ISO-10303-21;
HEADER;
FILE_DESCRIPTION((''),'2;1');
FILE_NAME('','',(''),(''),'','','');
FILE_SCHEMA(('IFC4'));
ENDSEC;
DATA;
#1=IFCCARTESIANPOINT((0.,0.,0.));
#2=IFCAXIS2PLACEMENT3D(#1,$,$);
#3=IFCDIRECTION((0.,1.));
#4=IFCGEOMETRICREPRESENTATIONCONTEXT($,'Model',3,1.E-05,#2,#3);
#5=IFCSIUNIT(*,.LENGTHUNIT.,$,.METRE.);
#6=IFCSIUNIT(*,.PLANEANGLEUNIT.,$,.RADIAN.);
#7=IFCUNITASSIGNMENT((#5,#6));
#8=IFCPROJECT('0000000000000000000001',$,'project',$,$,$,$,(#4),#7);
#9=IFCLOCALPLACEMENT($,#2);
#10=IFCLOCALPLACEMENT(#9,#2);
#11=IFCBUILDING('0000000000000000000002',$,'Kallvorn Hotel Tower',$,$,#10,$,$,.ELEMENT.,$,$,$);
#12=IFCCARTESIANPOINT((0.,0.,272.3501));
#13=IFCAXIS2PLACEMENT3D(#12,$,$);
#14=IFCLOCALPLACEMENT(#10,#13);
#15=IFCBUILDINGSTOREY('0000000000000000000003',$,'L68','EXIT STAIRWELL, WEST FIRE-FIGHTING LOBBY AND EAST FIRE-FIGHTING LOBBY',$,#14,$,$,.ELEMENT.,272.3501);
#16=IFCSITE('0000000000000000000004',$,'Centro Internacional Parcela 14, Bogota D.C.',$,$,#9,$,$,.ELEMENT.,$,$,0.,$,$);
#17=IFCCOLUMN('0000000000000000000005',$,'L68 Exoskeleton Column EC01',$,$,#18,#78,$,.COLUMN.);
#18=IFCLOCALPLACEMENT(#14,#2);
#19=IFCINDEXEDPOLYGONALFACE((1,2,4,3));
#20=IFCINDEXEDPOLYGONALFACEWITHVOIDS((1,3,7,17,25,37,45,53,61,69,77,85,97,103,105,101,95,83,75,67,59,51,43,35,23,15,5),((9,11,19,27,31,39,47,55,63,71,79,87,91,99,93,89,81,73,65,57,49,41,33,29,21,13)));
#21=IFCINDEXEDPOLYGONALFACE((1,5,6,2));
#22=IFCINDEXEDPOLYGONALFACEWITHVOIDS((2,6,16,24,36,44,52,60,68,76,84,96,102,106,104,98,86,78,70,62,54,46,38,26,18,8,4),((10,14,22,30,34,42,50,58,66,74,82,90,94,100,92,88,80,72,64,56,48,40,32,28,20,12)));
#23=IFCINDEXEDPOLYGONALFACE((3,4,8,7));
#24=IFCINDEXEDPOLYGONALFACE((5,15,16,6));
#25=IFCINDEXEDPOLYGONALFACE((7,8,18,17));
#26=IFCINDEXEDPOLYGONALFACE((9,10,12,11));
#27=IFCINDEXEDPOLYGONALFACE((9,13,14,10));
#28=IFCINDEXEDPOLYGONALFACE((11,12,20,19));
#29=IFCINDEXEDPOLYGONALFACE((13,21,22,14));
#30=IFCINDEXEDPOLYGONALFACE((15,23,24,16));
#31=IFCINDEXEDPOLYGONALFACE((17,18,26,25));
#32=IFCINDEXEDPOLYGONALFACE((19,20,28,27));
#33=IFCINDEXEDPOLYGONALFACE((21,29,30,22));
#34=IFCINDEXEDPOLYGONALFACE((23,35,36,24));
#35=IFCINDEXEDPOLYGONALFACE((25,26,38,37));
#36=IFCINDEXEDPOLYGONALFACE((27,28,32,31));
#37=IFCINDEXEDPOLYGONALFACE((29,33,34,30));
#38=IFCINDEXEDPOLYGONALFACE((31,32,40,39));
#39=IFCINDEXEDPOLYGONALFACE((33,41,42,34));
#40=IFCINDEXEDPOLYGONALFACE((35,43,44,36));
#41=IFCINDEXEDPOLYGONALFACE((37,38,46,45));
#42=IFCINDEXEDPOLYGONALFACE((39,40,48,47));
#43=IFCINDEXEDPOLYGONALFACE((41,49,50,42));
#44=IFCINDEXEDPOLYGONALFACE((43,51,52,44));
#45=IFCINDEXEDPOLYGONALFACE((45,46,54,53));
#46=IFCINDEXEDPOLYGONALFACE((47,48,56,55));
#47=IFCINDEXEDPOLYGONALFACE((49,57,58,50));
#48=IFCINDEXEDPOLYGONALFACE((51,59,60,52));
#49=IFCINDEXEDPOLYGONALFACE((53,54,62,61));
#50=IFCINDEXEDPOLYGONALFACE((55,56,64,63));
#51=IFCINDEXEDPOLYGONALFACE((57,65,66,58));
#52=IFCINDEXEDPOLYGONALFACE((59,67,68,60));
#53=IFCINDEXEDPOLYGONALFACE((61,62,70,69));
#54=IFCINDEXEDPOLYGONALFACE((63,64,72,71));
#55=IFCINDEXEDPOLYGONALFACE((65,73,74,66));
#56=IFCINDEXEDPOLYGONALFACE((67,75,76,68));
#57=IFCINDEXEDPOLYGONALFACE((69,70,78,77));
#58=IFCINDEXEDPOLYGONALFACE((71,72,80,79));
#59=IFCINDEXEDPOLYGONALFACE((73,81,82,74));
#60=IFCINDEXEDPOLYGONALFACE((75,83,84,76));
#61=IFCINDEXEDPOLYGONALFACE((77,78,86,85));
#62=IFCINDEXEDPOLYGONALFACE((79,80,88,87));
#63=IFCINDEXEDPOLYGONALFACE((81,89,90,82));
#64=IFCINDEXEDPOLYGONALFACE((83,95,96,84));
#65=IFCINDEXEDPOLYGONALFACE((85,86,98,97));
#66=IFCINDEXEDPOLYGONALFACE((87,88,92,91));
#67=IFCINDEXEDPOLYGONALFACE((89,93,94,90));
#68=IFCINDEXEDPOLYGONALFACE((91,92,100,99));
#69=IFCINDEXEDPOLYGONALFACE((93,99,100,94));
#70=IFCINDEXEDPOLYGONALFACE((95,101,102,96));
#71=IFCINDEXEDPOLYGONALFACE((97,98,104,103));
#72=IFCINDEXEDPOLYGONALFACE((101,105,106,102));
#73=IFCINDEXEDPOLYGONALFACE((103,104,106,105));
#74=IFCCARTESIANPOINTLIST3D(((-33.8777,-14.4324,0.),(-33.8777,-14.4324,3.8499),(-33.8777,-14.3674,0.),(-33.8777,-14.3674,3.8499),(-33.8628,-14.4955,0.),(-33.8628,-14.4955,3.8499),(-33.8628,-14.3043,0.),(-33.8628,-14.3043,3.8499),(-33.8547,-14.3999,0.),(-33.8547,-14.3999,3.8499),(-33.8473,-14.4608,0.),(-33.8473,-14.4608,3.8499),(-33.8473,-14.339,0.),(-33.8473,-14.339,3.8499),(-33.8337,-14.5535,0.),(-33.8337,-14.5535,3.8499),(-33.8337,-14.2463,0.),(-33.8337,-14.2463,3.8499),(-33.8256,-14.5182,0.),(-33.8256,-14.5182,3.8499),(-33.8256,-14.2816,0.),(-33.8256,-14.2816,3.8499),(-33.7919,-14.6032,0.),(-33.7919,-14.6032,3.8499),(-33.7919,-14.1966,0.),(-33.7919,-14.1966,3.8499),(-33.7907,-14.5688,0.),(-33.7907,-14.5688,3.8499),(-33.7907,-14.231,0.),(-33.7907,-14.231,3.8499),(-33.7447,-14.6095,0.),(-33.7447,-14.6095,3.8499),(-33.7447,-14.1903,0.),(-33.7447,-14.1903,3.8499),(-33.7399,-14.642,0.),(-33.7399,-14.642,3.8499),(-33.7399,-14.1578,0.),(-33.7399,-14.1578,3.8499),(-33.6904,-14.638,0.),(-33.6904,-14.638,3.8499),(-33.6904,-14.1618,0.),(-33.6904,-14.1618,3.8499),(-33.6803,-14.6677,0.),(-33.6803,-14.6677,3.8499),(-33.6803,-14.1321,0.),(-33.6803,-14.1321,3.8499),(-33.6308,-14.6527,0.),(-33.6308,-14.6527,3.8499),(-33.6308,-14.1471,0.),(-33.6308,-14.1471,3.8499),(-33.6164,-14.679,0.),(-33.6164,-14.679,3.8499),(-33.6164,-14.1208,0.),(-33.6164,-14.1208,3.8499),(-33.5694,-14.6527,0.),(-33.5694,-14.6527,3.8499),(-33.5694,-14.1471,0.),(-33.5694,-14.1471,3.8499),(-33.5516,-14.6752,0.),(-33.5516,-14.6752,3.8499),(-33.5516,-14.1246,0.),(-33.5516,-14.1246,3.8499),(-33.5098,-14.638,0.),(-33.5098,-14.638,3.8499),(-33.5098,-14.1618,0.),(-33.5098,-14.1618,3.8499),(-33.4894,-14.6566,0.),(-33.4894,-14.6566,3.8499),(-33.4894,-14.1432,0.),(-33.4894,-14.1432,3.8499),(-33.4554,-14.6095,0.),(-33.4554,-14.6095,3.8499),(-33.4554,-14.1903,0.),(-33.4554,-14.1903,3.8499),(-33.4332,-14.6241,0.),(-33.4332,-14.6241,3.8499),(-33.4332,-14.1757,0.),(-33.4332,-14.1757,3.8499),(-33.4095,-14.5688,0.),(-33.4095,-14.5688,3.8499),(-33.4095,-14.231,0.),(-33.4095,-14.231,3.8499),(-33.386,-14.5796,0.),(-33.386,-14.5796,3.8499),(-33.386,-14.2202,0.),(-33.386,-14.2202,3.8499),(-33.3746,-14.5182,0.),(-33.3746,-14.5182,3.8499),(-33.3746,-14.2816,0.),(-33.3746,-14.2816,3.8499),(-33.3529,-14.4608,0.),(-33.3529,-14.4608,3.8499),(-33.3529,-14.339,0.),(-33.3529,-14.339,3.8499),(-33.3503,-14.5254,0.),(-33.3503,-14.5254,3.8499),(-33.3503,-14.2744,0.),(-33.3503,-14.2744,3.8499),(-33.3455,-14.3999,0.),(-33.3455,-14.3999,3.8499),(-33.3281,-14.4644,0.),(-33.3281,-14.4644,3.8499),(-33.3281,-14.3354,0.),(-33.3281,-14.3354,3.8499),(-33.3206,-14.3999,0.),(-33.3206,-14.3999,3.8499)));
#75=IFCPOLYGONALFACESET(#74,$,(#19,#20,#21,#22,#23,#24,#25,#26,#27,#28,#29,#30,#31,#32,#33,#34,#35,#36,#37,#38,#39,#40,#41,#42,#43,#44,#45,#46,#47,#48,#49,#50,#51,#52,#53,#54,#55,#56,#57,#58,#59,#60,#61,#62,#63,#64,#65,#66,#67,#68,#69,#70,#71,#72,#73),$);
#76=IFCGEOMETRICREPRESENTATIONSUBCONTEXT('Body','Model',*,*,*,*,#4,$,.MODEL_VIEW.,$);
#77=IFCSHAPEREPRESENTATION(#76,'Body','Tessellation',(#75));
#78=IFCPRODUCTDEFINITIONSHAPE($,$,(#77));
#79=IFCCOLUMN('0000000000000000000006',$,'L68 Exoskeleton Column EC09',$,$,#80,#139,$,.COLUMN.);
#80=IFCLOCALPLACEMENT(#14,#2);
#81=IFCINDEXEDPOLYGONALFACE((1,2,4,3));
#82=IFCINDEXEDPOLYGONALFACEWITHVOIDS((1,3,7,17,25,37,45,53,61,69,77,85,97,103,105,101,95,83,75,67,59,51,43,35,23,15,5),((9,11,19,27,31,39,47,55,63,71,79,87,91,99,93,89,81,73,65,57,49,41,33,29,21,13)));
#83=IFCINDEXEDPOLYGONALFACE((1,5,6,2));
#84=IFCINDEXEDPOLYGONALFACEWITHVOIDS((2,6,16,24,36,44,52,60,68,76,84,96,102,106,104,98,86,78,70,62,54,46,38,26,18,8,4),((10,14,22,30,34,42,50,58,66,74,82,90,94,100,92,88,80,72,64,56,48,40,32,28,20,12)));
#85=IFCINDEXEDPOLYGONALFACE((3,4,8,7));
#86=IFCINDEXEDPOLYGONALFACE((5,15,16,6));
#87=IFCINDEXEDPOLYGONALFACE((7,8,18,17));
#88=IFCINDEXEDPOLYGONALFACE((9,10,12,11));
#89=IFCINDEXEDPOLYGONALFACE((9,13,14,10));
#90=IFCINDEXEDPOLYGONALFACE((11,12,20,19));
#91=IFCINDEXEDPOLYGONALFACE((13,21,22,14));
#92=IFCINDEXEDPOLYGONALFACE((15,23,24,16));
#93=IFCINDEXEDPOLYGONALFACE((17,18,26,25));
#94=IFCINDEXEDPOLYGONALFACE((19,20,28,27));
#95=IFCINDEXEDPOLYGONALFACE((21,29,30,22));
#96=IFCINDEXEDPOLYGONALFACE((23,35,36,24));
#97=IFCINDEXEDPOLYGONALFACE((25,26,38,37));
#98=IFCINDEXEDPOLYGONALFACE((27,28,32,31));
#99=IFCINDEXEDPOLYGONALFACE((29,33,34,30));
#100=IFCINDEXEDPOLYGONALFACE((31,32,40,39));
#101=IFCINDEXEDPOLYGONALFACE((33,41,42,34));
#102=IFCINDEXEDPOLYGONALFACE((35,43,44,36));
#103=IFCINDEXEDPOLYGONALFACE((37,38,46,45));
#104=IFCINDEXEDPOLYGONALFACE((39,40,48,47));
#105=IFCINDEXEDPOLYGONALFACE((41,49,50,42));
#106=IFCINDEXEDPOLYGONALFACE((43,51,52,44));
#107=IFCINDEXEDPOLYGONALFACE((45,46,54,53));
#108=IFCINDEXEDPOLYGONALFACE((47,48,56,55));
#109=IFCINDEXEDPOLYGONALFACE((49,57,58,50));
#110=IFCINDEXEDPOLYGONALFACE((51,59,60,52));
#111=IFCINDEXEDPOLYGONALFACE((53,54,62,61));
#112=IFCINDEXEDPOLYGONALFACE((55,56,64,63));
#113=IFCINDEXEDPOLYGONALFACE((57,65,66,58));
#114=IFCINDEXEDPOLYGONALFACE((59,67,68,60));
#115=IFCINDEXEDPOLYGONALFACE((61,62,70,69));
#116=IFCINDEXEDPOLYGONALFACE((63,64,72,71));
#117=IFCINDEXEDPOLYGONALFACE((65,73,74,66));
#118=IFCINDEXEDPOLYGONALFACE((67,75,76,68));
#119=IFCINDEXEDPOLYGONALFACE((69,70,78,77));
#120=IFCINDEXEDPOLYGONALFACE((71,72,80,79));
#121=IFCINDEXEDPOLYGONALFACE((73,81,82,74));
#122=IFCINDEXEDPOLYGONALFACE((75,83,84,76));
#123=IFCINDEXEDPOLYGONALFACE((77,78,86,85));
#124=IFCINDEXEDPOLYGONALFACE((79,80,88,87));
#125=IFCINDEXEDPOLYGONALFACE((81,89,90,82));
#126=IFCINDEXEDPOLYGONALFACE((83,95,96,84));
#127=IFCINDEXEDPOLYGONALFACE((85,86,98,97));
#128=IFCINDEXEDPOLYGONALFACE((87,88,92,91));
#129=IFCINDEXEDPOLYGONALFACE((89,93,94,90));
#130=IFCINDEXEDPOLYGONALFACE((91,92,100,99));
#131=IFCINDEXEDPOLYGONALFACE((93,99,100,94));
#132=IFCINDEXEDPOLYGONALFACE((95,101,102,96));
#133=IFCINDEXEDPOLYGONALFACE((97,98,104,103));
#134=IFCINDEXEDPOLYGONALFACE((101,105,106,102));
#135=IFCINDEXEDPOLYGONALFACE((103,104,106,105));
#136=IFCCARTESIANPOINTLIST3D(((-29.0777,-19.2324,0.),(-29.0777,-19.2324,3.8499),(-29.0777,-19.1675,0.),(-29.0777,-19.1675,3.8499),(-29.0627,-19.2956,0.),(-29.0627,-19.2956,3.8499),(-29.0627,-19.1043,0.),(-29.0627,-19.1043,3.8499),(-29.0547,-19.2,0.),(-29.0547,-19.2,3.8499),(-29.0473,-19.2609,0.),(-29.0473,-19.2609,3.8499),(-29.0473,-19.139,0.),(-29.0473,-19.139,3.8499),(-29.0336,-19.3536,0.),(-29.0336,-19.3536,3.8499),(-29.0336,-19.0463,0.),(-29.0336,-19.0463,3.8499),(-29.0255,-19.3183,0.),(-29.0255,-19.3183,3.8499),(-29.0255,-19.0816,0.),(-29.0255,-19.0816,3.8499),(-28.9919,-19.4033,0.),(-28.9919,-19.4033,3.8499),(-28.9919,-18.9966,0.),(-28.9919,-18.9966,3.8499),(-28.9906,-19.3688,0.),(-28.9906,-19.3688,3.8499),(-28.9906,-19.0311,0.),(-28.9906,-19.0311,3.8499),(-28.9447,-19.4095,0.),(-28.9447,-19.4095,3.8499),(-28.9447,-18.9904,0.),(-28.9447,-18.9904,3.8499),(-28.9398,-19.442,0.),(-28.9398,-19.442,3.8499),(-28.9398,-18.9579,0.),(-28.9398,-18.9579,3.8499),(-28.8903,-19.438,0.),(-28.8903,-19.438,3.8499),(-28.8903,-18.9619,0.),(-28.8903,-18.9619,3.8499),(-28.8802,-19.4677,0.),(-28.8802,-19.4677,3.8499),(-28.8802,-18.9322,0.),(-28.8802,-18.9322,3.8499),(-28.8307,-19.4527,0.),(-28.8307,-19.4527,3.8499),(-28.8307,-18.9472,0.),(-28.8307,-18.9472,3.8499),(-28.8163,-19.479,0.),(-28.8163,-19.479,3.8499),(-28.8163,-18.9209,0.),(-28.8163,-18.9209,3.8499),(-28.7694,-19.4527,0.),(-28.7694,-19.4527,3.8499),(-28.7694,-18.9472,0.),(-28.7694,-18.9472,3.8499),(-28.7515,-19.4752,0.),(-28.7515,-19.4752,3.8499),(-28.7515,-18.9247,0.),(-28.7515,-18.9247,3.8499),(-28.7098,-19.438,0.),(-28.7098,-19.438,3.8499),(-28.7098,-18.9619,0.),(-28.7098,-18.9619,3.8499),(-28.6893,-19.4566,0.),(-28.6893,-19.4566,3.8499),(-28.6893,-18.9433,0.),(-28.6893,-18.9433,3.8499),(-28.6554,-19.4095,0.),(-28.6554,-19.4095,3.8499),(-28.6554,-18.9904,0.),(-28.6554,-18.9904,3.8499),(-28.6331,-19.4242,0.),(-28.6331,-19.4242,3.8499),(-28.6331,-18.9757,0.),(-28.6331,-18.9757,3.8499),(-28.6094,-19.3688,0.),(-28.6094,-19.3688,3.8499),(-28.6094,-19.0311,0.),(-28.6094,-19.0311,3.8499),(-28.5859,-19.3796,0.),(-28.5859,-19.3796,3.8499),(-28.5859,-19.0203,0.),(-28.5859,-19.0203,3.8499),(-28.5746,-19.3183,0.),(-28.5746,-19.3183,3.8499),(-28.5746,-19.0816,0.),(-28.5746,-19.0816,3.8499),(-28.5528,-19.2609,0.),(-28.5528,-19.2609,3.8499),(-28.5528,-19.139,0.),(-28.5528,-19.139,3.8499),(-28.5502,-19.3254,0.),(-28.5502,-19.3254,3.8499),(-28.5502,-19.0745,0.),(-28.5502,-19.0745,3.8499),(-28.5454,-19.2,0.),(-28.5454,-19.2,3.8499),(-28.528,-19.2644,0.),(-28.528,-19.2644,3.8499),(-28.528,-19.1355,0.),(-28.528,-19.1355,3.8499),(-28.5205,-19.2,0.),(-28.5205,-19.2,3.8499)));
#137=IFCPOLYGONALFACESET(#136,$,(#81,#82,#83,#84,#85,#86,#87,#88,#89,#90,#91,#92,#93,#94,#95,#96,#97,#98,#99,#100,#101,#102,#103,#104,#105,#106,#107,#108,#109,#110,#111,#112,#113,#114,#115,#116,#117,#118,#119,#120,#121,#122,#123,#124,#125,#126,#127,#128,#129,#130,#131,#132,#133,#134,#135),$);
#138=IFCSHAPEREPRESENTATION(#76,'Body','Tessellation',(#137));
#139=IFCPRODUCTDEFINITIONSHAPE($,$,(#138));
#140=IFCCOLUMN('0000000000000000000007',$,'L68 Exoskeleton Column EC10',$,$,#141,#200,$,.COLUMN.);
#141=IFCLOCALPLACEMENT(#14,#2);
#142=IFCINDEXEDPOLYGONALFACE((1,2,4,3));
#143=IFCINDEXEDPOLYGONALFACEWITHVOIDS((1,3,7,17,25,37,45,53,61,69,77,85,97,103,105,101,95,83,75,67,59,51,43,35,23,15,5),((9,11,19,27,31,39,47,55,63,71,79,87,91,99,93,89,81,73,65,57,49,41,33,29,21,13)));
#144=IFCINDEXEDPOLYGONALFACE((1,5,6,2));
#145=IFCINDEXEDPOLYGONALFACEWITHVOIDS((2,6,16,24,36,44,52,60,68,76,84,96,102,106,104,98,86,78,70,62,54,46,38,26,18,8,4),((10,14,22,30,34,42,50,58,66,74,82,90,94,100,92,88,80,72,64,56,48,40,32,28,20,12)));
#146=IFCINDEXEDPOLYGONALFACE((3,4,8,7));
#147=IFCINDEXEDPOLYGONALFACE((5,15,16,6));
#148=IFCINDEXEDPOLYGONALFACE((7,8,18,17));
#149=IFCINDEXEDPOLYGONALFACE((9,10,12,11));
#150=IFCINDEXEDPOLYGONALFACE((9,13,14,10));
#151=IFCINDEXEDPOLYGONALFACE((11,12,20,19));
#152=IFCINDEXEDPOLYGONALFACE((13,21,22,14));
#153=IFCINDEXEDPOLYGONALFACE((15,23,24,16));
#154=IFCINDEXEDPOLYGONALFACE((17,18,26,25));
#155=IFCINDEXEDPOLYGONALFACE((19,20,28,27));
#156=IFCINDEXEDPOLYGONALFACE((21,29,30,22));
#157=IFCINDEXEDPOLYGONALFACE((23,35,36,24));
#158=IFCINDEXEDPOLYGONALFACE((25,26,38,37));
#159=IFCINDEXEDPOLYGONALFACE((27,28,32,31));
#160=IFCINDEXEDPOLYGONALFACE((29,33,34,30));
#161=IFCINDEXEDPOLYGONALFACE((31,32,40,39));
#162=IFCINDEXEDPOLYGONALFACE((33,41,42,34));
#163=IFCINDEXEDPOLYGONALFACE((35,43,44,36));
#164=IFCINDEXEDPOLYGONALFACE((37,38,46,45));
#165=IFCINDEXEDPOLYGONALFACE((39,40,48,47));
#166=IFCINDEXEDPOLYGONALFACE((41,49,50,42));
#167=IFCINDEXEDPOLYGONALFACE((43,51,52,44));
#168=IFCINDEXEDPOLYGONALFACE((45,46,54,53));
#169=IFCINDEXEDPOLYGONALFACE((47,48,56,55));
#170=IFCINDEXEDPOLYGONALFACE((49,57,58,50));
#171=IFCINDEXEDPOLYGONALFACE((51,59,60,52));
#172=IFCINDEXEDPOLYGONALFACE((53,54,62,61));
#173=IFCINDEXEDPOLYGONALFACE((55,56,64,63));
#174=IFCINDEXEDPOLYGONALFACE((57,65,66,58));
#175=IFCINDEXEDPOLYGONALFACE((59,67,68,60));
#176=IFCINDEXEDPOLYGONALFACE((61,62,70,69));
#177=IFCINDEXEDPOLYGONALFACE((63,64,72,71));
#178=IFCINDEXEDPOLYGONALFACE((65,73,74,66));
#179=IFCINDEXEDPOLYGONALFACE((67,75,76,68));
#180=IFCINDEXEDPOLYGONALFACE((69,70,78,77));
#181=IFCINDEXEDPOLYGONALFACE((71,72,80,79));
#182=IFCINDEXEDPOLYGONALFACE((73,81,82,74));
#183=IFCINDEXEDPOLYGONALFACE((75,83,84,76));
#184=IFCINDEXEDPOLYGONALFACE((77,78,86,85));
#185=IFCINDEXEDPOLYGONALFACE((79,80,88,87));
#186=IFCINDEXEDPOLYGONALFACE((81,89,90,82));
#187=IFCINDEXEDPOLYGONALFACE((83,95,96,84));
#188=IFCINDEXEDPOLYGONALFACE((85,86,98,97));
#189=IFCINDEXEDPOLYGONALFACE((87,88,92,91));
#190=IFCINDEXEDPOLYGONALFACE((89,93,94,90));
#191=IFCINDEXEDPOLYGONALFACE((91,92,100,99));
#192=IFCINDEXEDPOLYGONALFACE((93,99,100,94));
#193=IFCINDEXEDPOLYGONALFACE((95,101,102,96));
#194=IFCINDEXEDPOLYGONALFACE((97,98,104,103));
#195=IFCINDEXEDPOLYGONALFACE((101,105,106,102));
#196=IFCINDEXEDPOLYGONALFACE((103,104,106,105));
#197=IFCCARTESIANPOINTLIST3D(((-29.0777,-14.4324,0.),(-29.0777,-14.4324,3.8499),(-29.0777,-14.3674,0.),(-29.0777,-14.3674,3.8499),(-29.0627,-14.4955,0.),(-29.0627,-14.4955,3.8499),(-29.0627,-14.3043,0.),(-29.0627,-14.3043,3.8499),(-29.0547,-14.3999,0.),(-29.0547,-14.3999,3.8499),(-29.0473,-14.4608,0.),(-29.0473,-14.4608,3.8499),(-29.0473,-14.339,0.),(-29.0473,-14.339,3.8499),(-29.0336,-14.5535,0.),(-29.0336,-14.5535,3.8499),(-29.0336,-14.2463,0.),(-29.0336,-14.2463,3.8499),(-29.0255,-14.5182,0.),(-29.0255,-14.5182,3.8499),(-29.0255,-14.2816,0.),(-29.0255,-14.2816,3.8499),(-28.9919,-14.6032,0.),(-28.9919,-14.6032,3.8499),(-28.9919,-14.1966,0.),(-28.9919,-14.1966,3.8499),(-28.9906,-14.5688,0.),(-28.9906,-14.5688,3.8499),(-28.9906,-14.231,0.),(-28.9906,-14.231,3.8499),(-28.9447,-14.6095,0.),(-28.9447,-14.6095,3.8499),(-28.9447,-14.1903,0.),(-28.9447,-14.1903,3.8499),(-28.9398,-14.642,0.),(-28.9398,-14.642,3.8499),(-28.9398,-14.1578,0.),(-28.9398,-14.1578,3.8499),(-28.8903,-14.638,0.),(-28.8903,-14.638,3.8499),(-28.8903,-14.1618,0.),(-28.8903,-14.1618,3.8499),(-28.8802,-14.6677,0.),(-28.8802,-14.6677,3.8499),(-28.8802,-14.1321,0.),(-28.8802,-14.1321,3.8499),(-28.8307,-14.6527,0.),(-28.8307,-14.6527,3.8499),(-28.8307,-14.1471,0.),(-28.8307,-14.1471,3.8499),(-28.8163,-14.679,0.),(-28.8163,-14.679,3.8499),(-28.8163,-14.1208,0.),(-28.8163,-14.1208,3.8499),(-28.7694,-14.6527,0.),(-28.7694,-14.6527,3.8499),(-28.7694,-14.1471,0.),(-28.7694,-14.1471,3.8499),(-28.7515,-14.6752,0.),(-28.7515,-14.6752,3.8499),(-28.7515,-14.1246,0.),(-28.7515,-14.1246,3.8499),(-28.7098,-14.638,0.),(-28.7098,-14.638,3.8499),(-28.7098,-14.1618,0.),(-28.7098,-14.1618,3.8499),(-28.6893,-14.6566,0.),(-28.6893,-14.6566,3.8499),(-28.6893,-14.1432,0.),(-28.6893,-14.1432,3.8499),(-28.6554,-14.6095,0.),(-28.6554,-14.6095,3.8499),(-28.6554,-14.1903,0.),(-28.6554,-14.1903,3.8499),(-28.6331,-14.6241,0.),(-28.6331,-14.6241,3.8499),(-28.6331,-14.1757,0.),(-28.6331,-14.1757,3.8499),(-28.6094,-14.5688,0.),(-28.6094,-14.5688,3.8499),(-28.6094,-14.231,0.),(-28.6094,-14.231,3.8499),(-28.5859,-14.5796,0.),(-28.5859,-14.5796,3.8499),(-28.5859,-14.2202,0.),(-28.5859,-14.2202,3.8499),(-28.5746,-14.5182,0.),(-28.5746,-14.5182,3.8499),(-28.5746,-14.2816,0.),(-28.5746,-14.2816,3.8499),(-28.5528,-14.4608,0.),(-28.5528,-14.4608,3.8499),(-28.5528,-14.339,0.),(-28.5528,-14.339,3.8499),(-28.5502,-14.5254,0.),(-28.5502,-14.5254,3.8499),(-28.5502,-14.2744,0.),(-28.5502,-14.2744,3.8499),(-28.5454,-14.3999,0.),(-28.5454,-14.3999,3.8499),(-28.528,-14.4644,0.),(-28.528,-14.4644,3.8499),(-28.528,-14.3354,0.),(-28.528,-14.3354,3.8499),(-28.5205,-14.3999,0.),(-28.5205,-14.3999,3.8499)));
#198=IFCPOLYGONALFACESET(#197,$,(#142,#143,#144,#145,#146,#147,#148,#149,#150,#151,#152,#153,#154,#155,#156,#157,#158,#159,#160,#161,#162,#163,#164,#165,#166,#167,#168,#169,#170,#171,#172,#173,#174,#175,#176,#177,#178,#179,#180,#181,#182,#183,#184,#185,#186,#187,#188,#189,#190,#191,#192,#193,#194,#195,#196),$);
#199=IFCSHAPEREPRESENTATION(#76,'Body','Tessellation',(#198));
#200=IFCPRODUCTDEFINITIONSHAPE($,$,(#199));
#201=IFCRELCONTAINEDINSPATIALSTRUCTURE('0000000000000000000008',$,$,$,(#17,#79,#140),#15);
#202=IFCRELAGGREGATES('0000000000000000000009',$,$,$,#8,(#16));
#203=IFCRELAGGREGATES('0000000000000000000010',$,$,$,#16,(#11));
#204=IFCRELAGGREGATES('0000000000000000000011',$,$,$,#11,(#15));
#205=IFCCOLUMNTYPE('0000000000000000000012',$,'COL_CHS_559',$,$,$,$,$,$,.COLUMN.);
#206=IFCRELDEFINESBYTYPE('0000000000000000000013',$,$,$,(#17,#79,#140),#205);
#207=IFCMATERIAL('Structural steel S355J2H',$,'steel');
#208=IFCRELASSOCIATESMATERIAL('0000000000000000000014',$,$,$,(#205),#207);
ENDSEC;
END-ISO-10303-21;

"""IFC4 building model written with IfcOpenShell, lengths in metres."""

from ifc_helpers import new_model, si_unit, direction, frame, origin, origin_2d, place, context, subcontext, project, spatial, hollow_circle, extrude, material, material_profile, profile_set, type_object, element, save


model = new_model("IFC4")

# Units and contexts
model_context = context("Model", 3, precision=1e-05, world=origin(), true_north=direction((0.0, 1.0)))
body_context = subcontext(model_context, "Body", "Model", "MODEL_VIEW")
ifc_project = project(units=[si_unit("LENGTHUNIT", "METRE"), si_unit("PLANEANGLEUNIT", "RADIAN")], contexts=[model_context])

# Site, building, storey
site_placement = place(None, origin())
site = spatial("IfcSite", under=ifc_project, at=site_placement, Name="Centro Internacional Parcela 14, Bogota D.C.", CompositionType="ELEMENT", RefElevation=0.0)
building_placement = place(site_placement, origin())
building = spatial("IfcBuilding", under=site, at=building_placement, Name="Kallvorn Hotel Tower", CompositionType="ELEMENT")
storey_placement = place(building_placement, frame((0.0, 0.0, 272.3501)))
storey = spatial("IfcBuildingStorey", under=building, at=storey_placement, Name="L68", Description="EXIT STAIRWELL, WEST FIRE-FIGHTING LOBBY AND EAST FIRE-FIGHTING LOBBY", CompositionType="ELEMENT", Elevation=272.3501)

# Columns
ifc_material_1 = material(Name="Structural steel S355J2H", Category="steel")
ifc_material_profile_1 = material_profile(ifc_material_1, hollow_circle(Radius=0.2795, WallThickness=0.0249, at=origin_2d()), Name="CHS 559x25")
ifc_profile_set_1 = profile_set([ifc_material_profile_1], Name="Structural steel S355J2H")
column_type_1 = type_object("IfcColumnType", Name="COL_CHS_559", PredefinedType="COLUMN", material=ifc_profile_set_1)
for number, where, z_axis, x_axis, name in (
    (1, (-33.6001, -14.3999, 0.0), (0.0, 0.0, 1.0), (1.0, 0.0, 0.0), "L68 Exoskeleton Column EC01"),
    (2, (-28.8, -19.2, 0.0), (0.0, 0.0, 1.0), (1.0, 0.0, 0.0), "L68 Exoskeleton Column EC09"),
    (3, (-28.8, -14.3999, 0.0), (0.0, 0.0, 1.0), (1.0, 0.0, 0.0), "L68 Exoskeleton Column EC10"),
):
    element("IfcColumn", number, at=place(storey_placement, frame(where, z_axis=z_axis, x_axis=x_axis)), inside=storey, type_object=column_type_1, Name=name, PredefinedType="COLUMN", context=body_context, shape_type="SweptSolid", body=[
        extrude(hollow_circle(Radius=0.2795, WallThickness=0.0249, at=origin_2d()), origin(), (0.0, 0.0, 1.0), 3.8499),
    ])

save(model, "model.ifc")
